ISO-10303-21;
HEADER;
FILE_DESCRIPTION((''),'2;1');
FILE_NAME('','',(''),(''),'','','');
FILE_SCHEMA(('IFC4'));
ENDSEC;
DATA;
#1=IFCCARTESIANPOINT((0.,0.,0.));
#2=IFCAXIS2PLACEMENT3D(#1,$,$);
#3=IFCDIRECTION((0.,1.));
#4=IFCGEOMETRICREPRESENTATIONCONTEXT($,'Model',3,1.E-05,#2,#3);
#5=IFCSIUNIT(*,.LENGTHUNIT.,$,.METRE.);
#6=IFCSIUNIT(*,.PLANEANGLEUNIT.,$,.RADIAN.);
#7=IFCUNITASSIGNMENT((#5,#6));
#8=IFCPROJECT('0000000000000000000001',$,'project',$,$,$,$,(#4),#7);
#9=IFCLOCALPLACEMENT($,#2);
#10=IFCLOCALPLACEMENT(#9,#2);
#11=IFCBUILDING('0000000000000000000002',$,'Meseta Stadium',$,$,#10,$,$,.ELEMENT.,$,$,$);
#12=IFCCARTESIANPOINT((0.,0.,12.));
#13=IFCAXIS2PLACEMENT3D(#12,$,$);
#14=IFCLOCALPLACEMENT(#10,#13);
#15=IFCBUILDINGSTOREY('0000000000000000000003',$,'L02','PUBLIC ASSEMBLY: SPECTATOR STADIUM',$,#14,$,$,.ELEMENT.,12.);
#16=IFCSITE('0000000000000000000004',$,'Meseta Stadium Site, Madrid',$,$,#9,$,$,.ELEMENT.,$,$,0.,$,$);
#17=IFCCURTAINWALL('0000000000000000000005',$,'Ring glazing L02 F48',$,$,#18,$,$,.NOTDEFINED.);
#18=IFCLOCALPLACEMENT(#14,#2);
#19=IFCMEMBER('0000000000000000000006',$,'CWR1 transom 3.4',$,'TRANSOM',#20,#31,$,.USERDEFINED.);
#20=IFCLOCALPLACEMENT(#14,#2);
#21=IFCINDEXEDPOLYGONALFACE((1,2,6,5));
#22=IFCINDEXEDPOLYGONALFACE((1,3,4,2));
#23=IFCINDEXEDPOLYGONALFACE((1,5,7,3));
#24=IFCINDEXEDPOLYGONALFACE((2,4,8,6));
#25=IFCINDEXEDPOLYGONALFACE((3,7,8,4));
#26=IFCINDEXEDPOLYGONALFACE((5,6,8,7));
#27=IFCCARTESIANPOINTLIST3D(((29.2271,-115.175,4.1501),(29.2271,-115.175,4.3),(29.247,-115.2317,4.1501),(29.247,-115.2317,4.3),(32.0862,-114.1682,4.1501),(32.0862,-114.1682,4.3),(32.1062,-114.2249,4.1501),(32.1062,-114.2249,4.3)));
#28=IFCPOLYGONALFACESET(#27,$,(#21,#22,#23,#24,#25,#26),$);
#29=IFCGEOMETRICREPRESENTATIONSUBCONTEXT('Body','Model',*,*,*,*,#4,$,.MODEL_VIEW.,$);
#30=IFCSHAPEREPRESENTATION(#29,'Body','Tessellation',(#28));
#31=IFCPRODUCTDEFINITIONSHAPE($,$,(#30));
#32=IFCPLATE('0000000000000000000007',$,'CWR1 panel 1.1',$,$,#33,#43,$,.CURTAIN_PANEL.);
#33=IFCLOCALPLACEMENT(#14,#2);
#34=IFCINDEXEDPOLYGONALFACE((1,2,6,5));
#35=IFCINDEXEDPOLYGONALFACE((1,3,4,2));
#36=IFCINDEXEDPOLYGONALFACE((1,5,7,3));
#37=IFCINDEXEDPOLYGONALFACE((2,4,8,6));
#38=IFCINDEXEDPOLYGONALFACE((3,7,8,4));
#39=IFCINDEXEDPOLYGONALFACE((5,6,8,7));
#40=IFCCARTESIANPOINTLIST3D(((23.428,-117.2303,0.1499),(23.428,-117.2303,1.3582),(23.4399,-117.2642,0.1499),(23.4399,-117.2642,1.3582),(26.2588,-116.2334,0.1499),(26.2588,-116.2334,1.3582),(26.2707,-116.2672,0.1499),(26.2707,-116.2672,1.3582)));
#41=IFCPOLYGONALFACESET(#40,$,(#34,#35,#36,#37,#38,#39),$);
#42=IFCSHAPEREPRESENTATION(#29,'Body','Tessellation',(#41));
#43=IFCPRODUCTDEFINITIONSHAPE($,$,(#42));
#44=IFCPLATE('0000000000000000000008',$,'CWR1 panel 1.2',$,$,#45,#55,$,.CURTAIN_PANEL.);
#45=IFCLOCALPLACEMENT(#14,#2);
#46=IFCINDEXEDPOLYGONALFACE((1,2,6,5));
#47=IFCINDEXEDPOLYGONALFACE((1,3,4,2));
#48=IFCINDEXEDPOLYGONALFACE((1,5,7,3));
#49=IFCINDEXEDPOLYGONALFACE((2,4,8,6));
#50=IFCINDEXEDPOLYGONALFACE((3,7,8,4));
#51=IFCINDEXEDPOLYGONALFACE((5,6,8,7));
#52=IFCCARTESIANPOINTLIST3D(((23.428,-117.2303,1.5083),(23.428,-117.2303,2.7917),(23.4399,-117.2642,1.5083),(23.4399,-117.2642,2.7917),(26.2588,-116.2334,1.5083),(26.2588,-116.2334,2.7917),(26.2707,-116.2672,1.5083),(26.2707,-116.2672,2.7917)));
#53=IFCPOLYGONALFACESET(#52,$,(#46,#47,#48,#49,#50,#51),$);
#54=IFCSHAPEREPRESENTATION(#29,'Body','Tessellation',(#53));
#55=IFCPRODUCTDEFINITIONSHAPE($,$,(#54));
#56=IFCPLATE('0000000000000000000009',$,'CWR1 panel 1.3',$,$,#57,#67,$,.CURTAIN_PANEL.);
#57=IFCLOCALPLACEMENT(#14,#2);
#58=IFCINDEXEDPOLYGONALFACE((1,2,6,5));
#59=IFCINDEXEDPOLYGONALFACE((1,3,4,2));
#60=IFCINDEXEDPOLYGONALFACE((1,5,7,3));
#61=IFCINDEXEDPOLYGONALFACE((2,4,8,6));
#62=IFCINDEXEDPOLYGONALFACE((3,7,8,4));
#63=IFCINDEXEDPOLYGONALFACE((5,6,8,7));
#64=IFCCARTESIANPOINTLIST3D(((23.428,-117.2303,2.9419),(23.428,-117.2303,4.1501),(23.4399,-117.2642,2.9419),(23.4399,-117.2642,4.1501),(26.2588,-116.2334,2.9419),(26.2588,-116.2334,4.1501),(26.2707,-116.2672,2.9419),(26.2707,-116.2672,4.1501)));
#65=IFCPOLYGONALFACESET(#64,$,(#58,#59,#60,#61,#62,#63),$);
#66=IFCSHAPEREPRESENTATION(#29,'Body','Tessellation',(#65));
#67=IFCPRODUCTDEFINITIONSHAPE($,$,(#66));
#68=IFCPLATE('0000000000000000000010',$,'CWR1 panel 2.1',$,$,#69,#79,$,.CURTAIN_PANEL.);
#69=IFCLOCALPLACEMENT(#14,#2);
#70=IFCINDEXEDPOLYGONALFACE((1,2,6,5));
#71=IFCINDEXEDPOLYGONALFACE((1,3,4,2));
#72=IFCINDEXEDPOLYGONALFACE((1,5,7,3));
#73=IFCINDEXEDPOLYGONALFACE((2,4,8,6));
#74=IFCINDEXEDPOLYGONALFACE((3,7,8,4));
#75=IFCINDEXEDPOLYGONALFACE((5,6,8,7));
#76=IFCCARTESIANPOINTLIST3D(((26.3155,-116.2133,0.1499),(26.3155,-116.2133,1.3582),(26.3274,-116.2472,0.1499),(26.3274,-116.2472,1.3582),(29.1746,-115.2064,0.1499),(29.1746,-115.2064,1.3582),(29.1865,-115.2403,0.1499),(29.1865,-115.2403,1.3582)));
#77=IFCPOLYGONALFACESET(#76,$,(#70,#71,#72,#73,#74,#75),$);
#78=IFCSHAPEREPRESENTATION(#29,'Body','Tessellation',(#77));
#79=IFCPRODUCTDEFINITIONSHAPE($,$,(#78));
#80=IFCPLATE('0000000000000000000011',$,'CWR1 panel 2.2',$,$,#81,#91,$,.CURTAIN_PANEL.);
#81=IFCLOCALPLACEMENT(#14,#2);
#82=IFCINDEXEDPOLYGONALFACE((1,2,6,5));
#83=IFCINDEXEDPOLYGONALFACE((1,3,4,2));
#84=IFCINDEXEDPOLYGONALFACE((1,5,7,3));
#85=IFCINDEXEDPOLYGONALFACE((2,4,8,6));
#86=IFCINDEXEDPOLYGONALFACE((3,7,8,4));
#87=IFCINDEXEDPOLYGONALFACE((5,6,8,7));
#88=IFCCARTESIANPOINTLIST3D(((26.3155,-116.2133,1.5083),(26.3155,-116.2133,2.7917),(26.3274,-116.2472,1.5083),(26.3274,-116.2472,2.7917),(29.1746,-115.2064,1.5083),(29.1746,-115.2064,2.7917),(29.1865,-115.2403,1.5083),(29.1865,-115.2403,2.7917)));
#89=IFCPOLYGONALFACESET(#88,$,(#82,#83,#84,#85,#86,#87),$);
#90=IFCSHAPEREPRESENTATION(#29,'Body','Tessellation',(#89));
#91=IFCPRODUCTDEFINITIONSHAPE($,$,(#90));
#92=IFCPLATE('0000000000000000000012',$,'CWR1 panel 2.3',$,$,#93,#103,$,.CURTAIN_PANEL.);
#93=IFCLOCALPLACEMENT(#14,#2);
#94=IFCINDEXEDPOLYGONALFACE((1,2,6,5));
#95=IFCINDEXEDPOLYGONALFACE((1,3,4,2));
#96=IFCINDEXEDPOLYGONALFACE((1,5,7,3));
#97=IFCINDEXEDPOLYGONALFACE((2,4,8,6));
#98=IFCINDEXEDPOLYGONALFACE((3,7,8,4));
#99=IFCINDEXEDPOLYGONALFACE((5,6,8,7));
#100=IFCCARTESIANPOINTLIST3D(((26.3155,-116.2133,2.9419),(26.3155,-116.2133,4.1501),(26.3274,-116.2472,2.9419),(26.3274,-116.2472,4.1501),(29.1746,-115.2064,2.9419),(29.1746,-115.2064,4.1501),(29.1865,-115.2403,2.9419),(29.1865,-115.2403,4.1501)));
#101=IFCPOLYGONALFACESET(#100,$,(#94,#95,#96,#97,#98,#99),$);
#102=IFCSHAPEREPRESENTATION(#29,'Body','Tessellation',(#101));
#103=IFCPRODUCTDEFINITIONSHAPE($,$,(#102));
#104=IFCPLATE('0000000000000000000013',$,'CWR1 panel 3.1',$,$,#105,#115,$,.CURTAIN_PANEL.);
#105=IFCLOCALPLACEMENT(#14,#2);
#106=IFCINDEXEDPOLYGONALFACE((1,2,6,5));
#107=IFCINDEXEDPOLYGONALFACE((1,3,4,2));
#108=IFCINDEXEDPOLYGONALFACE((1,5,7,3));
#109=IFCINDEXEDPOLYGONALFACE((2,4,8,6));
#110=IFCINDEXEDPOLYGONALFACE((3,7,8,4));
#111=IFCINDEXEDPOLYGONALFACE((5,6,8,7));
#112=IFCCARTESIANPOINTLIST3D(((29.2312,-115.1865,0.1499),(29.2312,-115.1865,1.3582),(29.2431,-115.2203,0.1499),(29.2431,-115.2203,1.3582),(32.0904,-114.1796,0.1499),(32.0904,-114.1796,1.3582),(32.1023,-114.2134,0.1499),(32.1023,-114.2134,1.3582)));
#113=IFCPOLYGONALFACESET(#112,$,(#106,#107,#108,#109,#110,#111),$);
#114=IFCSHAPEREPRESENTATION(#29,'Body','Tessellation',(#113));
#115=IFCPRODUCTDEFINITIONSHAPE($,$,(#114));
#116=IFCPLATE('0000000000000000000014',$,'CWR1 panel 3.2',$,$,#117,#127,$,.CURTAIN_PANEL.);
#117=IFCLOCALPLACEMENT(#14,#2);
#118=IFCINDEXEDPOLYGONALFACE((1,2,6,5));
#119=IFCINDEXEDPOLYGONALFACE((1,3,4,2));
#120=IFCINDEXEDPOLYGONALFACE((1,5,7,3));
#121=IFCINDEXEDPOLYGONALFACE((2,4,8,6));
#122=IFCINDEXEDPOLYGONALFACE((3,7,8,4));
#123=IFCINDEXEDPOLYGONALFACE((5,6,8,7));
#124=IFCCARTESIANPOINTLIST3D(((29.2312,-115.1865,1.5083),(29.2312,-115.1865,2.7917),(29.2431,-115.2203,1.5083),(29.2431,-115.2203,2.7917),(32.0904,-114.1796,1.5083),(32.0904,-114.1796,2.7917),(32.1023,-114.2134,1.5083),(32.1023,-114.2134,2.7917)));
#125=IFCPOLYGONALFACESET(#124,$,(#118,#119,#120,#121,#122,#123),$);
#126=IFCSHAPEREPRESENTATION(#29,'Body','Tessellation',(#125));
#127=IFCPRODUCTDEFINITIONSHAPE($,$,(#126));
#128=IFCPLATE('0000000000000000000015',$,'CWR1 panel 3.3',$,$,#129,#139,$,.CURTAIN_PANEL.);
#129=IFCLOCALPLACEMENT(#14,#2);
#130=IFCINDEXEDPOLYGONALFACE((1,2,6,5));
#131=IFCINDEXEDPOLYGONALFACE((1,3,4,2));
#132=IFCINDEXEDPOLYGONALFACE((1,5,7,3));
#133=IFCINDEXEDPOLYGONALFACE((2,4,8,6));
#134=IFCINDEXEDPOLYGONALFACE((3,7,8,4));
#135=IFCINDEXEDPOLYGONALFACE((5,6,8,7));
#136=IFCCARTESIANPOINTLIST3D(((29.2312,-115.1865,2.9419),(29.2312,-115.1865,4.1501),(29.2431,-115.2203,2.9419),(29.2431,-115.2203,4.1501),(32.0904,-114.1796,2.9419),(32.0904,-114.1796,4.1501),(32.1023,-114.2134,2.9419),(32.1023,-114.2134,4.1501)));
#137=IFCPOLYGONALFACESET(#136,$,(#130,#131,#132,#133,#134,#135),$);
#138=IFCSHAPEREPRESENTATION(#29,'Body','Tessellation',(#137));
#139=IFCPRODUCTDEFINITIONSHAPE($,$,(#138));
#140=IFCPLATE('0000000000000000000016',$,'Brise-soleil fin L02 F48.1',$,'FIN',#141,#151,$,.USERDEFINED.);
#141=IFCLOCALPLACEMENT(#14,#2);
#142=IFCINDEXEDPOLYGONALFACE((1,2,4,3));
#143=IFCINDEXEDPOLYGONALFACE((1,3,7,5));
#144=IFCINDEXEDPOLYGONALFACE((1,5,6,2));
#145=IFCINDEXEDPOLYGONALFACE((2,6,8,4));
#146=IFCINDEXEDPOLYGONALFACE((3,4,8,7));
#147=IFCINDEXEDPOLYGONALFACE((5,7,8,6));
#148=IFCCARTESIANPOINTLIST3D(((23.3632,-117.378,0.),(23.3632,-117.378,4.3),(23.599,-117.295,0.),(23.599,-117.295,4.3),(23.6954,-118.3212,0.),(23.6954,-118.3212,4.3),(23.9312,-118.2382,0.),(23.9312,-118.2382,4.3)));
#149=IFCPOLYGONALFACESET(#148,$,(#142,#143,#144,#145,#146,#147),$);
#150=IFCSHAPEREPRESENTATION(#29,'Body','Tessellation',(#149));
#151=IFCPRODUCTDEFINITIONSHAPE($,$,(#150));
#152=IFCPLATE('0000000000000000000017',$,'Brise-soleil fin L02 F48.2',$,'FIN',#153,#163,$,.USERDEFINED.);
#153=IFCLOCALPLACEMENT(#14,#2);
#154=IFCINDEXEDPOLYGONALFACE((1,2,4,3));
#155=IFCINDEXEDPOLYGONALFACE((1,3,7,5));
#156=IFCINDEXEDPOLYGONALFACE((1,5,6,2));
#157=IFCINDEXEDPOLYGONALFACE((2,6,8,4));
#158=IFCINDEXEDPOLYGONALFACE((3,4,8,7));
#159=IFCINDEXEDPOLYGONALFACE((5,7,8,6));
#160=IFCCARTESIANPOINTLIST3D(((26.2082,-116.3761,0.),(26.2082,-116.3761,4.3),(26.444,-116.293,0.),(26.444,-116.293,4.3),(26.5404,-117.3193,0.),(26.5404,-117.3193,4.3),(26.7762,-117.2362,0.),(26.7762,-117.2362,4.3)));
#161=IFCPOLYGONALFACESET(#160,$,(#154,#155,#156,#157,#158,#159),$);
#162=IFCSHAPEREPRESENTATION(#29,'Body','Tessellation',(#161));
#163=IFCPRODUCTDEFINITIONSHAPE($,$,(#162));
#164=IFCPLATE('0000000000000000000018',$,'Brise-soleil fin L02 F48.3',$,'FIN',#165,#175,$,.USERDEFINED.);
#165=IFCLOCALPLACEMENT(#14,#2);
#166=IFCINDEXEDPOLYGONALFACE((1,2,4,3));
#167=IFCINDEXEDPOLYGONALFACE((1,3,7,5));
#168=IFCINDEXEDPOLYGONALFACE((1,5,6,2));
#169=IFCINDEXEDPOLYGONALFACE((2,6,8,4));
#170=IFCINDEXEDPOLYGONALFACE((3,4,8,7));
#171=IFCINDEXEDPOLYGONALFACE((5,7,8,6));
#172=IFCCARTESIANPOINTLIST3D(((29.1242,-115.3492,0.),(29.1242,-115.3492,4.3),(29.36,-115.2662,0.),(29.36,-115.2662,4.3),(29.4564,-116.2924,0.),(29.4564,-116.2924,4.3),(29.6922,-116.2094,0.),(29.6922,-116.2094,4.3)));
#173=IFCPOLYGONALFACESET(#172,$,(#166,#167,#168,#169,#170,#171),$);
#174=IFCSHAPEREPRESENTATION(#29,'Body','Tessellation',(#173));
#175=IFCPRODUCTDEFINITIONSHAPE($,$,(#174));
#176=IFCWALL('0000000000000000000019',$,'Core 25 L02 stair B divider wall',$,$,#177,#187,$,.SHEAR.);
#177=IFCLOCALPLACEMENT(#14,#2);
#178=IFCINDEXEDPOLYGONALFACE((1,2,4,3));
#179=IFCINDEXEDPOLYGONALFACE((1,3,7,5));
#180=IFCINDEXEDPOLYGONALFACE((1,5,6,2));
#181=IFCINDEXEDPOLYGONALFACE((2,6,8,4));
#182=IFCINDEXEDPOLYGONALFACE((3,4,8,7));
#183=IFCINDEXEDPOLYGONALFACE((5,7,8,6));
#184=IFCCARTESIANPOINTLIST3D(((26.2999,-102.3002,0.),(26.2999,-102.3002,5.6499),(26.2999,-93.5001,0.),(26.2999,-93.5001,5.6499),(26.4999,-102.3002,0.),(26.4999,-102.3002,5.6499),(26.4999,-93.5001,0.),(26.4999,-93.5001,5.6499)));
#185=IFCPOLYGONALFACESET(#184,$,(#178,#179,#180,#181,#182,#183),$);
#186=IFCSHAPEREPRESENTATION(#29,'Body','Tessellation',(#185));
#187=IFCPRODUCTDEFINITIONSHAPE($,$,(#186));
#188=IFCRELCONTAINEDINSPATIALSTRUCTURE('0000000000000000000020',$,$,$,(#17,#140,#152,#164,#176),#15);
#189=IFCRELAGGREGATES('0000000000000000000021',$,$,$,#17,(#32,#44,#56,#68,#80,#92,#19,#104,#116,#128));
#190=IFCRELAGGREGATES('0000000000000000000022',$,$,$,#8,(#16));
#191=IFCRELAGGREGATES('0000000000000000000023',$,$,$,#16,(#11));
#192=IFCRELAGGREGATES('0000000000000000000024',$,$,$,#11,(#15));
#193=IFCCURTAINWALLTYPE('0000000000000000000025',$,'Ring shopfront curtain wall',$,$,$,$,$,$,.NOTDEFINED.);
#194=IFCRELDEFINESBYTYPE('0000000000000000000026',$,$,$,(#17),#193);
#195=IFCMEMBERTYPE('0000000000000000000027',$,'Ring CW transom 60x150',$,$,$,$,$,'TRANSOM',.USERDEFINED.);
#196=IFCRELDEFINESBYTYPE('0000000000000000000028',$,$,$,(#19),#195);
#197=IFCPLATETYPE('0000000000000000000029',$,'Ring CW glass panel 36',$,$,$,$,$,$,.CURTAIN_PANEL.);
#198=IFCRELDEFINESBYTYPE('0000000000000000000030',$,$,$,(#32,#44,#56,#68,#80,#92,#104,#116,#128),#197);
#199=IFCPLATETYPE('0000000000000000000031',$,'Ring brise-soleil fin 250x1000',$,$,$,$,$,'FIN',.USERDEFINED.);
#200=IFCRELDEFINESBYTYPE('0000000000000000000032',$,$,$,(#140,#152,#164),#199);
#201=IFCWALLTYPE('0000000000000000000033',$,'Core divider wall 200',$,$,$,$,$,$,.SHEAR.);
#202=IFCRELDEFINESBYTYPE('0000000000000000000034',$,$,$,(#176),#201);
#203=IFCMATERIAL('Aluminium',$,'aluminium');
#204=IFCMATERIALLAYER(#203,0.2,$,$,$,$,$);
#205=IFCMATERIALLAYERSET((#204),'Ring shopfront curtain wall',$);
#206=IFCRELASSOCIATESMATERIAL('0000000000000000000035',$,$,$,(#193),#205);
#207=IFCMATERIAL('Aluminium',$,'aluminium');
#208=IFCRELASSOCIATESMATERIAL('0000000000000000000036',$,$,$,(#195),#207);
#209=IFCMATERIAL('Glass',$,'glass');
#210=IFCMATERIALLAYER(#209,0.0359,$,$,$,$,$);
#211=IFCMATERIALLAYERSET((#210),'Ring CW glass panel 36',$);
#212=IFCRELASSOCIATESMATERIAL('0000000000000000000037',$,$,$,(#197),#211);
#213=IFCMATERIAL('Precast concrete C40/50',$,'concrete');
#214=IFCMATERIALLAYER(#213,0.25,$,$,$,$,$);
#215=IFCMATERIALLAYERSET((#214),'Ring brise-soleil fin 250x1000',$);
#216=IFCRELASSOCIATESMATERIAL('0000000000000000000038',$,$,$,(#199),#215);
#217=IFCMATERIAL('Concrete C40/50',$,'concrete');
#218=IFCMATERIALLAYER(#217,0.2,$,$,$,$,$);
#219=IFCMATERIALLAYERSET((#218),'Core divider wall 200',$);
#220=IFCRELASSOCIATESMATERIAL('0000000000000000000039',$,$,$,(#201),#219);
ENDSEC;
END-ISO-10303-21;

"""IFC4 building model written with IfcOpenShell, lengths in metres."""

from ifc_helpers import new_model, si_unit, direction, frame, frame_2d, origin, origin_2d, place, context, subcontext, project, spatial, rectangle, extrude, material, layer, layer_set, material_profile, profile_set, type_object, element, aggregate, save


model = new_model("IFC4")

# Units and contexts
model_context = context("Model", 3, precision=1e-05, world=origin(), true_north=direction((0.0, 1.0)))
body_context = subcontext(model_context, "Body", "Model", "MODEL_VIEW")
ifc_project = project(units=[si_unit("LENGTHUNIT", "METRE"), si_unit("PLANEANGLEUNIT", "RADIAN")], contexts=[model_context])

# Site, building, storey
site_placement = place(None, origin())
site = spatial("IfcSite", under=ifc_project, at=site_placement, Name="Meseta Stadium Site, Madrid", CompositionType="ELEMENT", RefElevation=0.0)
building_placement = place(site_placement, origin())
building = spatial("IfcBuilding", under=site, at=building_placement, Name="Meseta Stadium", CompositionType="ELEMENT")
storey_placement = place(building_placement, frame((0.0, 0.0, 12.0)))
storey = spatial("IfcBuildingStorey", under=building, at=storey_placement, Name="L02", Description="PUBLIC ASSEMBLY: SPECTATOR STADIUM", CompositionType="ELEMENT", Elevation=12.0)

# Curtain wall, member, plates
ifc_material_1 = material(Name="Aluminium", Category="aluminium")
ifc_layer_1 = layer(ifc_material_1, 0.2)
ifc_layer_set_1 = layer_set([ifc_layer_1], Name="Ring shopfront curtain wall")
curtain_wall_type = type_object("IfcCurtainWallType", Name="Ring shopfront curtain wall", PredefinedType="NOTDEFINED", material=ifc_layer_set_1)
curtain_wall_placement = place(storey_placement, origin())
curtain_wall = element("IfcCurtainWall", 1, at=curtain_wall_placement, inside=storey, type_object=curtain_wall_type, Name="Ring glazing L02 F48", PredefinedType="NOTDEFINED")
ifc_material_2 = material(Name="Aluminium", Category="aluminium")
ifc_material_profile_1 = material_profile(ifc_material_2, rectangle(XDim=0.0601, YDim=0.1499, at=origin_2d()), Name="CW 60x150")
ifc_profile_set_1 = profile_set([ifc_material_profile_1], Name="Aluminium")
member_type_1 = type_object("IfcMemberType", Name="Ring CW transom 60x150", ElementType="TRANSOM", PredefinedType="USERDEFINED", material=ifc_profile_set_1)
member_1_placement = place(storey_placement, frame((29.2371, -115.2034, 4.2251), z_axis=(0.943225, 0.332154, 0.0), x_axis=(-0.332154, 0.943225, 0.0)))
member_1 = element("IfcMember", 2, at=member_1_placement, type_object=member_type_1, Name="CWR1 transom 3.4", ObjectType="TRANSOM", PredefinedType="USERDEFINED", context=body_context, shape_type="SweptSolid", body=[
    extrude(rectangle(XDim=0.0601, YDim=0.1499, at=origin_2d()), origin(), (0.0, 0.0, 1.0), 3.0312),
])
ifc_material_3 = material(Name="Glass", Category="glass")
ifc_layer_2 = layer(ifc_material_3, 0.0359)
ifc_layer_set_2 = layer_set([ifc_layer_2], Name="Ring CW glass panel 36")
plate_type_1 = type_object("IfcPlateType", Name="Ring CW glass panel 36", PredefinedType="CURTAIN_PANEL", material=ifc_layer_set_2)
plate_1_placement = place(storey_placement, frame((24.8494, -116.7488, 0.1499), z_axis=(0.0, 0.0, 1.0), x_axis=(0.943218, 0.332174, 0.0)))
plate_1 = element("IfcPlate", 3, at=plate_1_placement, type_object=plate_type_1, Name="CWR1 panel 1.1", PredefinedType="CURTAIN_PANEL", context=body_context, shape_type="SweptSolid", body=[
    extrude(rectangle(XDim=3.0012, YDim=0.0359, at=origin_2d()), origin(), (0.0, 0.0, 1.0), 1.2083),
])
plate_2_placement = place(storey_placement, frame((24.8494, -116.7488, 1.5083), z_axis=(0.0, 0.0, 1.0), x_axis=(0.943218, 0.332174, 0.0)))
plate_2 = element("IfcPlate", 4, at=plate_2_placement, type_object=plate_type_1, Name="CWR1 panel 1.2", PredefinedType="CURTAIN_PANEL", context=body_context, shape_type="SweptSolid", body=[
    extrude(rectangle(XDim=3.0012, YDim=0.0359, at=origin_2d()), origin(), (0.0, 0.0, 1.0), 1.2834),
])
plate_3_placement = place(storey_placement, frame((24.8494, -116.7488, 2.9419), z_axis=(0.0, 0.0, 1.0), x_axis=(0.943218, 0.332174, 0.0)))
plate_3 = element("IfcPlate", 5, at=plate_3_placement, type_object=plate_type_1, Name="CWR1 panel 1.3", PredefinedType="CURTAIN_PANEL", context=body_context, shape_type="SweptSolid", body=[
    extrude(rectangle(XDim=3.0012, YDim=0.0359, at=origin_2d()), origin(), (0.0, 0.0, 1.0), 1.2083),
])
plate_4_placement = place(storey_placement, frame((27.751, -115.7268, 0.1499), z_axis=(0.0, 0.0, 1.0), x_axis=(0.943218, 0.332174, 0.0)))
plate_4 = element("IfcPlate", 6, at=plate_4_placement, type_object=plate_type_1, Name="CWR1 panel 2.1", PredefinedType="CURTAIN_PANEL", context=body_context, shape_type="SweptSolid", body=[
    extrude(rectangle(XDim=3.0312, YDim=0.0359, at=origin_2d()), origin(), (0.0, 0.0, 1.0), 1.2083),
])
plate_5_placement = place(storey_placement, frame((27.751, -115.7268, 1.5083), z_axis=(0.0, 0.0, 1.0), x_axis=(0.943218, 0.332174, 0.0)))
plate_5 = element("IfcPlate", 7, at=plate_5_placement, type_object=plate_type_1, Name="CWR1 panel 2.2", PredefinedType="CURTAIN_PANEL", context=body_context, shape_type="SweptSolid", body=[
    extrude(rectangle(XDim=3.0312, YDim=0.0359, at=origin_2d()), origin(), (0.0, 0.0, 1.0), 1.2834),
])
plate_6_placement = place(storey_placement, frame((27.751, -115.7268, 2.9419), z_axis=(0.0, 0.0, 1.0), x_axis=(0.943218, 0.332174, 0.0)))
plate_6 = element("IfcPlate", 8, at=plate_6_placement, type_object=plate_type_1, Name="CWR1 panel 2.3", PredefinedType="CURTAIN_PANEL", context=body_context, shape_type="SweptSolid", body=[
    extrude(rectangle(XDim=3.0312, YDim=0.0359, at=origin_2d()), origin(), (0.0, 0.0, 1.0), 1.2083),
])
plate_7_placement = place(storey_placement, frame((30.6667, -114.7, 0.1499), z_axis=(0.0, 0.0, 1.0), x_axis=(0.943218, 0.332174, 0.0)))
plate_7 = element("IfcPlate", 9, at=plate_7_placement, type_object=plate_type_1, Name="CWR1 panel 3.1", PredefinedType="CURTAIN_PANEL", context=body_context, shape_type="SweptSolid", body=[
    extrude(rectangle(XDim=3.0312, YDim=0.0359, at=origin_2d()), origin(), (0.0, 0.0, 1.0), 1.2083),
])
plate_8_placement = place(storey_placement, frame((30.6667, -114.7, 1.5083), z_axis=(0.0, 0.0, 1.0), x_axis=(0.943218, 0.332174, 0.0)))
plate_8 = element("IfcPlate", 10, at=plate_8_placement, type_object=plate_type_1, Name="CWR1 panel 3.2", PredefinedType="CURTAIN_PANEL", context=body_context, shape_type="SweptSolid", body=[
    extrude(rectangle(XDim=3.0312, YDim=0.0359, at=origin_2d()), origin(), (0.0, 0.0, 1.0), 1.2834),
])
plate_9_placement = place(storey_placement, frame((30.6667, -114.7, 2.9419), z_axis=(0.0, 0.0, 1.0), x_axis=(0.943218, 0.332174, 0.0)))
plate_9 = element("IfcPlate", 11, at=plate_9_placement, type_object=plate_type_1, Name="CWR1 panel 3.3", PredefinedType="CURTAIN_PANEL", context=body_context, shape_type="SweptSolid", body=[
    extrude(rectangle(XDim=3.0312, YDim=0.0359, at=origin_2d()), origin(), (0.0, 0.0, 1.0), 1.2083),
])
aggregate(curtain_wall, [plate_1, plate_2, plate_3, plate_4, plate_5, plate_6, member_1, plate_7, plate_8, plate_9])

# Plates
ifc_material_4 = material(Name="Precast concrete C40/50", Category="concrete")
ifc_layer_3 = layer(ifc_material_4, 0.25)
ifc_layer_set_3 = layer_set([ifc_layer_3], Name="Ring brise-soleil fin 250x1000")
plate_type_2 = type_object("IfcPlateType", Name="Ring brise-soleil fin 250x1000", ElementType="FIN", PredefinedType="USERDEFINED", material=ifc_layer_set_3)
for number, where, z_axis, x_axis, name in (
    (12, (23.6472, -117.8081, 0.0), (0.0, 0.0, 1.0), (0.943217, 0.332176, 0.0), "Brise-soleil fin L02 F48.1"),
    (13, (26.4922, -116.8062, 0.0), (0.0, 0.0, 1.0), (0.943217, 0.332176, 0.0), "Brise-soleil fin L02 F48.2"),
    (14, (29.4082, -115.7793, 0.0), (0.0, 0.0, 1.0), (0.943217, 0.332176, 0.0), "Brise-soleil fin L02 F48.3"),
):
    element("IfcPlate", number, at=place(storey_placement, frame(where, z_axis=z_axis, x_axis=x_axis)), inside=storey, type_object=plate_type_2, Name=name, ObjectType="FIN", PredefinedType="USERDEFINED", context=body_context, shape_type="SweptSolid", body=[
        extrude(rectangle(XDim=0.25, YDim=1.0, at=origin_2d()), origin(), (0.0, 0.0, 1.0), 4.3),
    ])

# Wall
ifc_material_5 = material(Name="Concrete C40/50", Category="concrete")
ifc_layer_4 = layer(ifc_material_5, 0.2)
ifc_layer_set_4 = layer_set([ifc_layer_4], Name="Core divider wall 200")
wall_type_1 = type_object("IfcWallType", Name="Core divider wall 200", PredefinedType="SHEAR", material=ifc_layer_set_4)
wall_1_placement = place(storey_placement, frame((26.3999, -102.3, 0.0), z_axis=(0.0, 0.0, 1.0), x_axis=(0.0, 1.0, 0.0)))
element("IfcWall", 15, at=wall_1_placement, inside=storey, type_object=wall_type_1, Name="Core 25 L02 stair B divider wall", PredefinedType="SHEAR", context=body_context, shape_type="SweptSolid", body=[
    extrude(rectangle(XDim=8.8, YDim=0.2, at=frame_2d((4.3999, 0.0))), origin(), (0.0, 0.0, 1.0), 5.6499),
])

save(model, "model.ifc")
